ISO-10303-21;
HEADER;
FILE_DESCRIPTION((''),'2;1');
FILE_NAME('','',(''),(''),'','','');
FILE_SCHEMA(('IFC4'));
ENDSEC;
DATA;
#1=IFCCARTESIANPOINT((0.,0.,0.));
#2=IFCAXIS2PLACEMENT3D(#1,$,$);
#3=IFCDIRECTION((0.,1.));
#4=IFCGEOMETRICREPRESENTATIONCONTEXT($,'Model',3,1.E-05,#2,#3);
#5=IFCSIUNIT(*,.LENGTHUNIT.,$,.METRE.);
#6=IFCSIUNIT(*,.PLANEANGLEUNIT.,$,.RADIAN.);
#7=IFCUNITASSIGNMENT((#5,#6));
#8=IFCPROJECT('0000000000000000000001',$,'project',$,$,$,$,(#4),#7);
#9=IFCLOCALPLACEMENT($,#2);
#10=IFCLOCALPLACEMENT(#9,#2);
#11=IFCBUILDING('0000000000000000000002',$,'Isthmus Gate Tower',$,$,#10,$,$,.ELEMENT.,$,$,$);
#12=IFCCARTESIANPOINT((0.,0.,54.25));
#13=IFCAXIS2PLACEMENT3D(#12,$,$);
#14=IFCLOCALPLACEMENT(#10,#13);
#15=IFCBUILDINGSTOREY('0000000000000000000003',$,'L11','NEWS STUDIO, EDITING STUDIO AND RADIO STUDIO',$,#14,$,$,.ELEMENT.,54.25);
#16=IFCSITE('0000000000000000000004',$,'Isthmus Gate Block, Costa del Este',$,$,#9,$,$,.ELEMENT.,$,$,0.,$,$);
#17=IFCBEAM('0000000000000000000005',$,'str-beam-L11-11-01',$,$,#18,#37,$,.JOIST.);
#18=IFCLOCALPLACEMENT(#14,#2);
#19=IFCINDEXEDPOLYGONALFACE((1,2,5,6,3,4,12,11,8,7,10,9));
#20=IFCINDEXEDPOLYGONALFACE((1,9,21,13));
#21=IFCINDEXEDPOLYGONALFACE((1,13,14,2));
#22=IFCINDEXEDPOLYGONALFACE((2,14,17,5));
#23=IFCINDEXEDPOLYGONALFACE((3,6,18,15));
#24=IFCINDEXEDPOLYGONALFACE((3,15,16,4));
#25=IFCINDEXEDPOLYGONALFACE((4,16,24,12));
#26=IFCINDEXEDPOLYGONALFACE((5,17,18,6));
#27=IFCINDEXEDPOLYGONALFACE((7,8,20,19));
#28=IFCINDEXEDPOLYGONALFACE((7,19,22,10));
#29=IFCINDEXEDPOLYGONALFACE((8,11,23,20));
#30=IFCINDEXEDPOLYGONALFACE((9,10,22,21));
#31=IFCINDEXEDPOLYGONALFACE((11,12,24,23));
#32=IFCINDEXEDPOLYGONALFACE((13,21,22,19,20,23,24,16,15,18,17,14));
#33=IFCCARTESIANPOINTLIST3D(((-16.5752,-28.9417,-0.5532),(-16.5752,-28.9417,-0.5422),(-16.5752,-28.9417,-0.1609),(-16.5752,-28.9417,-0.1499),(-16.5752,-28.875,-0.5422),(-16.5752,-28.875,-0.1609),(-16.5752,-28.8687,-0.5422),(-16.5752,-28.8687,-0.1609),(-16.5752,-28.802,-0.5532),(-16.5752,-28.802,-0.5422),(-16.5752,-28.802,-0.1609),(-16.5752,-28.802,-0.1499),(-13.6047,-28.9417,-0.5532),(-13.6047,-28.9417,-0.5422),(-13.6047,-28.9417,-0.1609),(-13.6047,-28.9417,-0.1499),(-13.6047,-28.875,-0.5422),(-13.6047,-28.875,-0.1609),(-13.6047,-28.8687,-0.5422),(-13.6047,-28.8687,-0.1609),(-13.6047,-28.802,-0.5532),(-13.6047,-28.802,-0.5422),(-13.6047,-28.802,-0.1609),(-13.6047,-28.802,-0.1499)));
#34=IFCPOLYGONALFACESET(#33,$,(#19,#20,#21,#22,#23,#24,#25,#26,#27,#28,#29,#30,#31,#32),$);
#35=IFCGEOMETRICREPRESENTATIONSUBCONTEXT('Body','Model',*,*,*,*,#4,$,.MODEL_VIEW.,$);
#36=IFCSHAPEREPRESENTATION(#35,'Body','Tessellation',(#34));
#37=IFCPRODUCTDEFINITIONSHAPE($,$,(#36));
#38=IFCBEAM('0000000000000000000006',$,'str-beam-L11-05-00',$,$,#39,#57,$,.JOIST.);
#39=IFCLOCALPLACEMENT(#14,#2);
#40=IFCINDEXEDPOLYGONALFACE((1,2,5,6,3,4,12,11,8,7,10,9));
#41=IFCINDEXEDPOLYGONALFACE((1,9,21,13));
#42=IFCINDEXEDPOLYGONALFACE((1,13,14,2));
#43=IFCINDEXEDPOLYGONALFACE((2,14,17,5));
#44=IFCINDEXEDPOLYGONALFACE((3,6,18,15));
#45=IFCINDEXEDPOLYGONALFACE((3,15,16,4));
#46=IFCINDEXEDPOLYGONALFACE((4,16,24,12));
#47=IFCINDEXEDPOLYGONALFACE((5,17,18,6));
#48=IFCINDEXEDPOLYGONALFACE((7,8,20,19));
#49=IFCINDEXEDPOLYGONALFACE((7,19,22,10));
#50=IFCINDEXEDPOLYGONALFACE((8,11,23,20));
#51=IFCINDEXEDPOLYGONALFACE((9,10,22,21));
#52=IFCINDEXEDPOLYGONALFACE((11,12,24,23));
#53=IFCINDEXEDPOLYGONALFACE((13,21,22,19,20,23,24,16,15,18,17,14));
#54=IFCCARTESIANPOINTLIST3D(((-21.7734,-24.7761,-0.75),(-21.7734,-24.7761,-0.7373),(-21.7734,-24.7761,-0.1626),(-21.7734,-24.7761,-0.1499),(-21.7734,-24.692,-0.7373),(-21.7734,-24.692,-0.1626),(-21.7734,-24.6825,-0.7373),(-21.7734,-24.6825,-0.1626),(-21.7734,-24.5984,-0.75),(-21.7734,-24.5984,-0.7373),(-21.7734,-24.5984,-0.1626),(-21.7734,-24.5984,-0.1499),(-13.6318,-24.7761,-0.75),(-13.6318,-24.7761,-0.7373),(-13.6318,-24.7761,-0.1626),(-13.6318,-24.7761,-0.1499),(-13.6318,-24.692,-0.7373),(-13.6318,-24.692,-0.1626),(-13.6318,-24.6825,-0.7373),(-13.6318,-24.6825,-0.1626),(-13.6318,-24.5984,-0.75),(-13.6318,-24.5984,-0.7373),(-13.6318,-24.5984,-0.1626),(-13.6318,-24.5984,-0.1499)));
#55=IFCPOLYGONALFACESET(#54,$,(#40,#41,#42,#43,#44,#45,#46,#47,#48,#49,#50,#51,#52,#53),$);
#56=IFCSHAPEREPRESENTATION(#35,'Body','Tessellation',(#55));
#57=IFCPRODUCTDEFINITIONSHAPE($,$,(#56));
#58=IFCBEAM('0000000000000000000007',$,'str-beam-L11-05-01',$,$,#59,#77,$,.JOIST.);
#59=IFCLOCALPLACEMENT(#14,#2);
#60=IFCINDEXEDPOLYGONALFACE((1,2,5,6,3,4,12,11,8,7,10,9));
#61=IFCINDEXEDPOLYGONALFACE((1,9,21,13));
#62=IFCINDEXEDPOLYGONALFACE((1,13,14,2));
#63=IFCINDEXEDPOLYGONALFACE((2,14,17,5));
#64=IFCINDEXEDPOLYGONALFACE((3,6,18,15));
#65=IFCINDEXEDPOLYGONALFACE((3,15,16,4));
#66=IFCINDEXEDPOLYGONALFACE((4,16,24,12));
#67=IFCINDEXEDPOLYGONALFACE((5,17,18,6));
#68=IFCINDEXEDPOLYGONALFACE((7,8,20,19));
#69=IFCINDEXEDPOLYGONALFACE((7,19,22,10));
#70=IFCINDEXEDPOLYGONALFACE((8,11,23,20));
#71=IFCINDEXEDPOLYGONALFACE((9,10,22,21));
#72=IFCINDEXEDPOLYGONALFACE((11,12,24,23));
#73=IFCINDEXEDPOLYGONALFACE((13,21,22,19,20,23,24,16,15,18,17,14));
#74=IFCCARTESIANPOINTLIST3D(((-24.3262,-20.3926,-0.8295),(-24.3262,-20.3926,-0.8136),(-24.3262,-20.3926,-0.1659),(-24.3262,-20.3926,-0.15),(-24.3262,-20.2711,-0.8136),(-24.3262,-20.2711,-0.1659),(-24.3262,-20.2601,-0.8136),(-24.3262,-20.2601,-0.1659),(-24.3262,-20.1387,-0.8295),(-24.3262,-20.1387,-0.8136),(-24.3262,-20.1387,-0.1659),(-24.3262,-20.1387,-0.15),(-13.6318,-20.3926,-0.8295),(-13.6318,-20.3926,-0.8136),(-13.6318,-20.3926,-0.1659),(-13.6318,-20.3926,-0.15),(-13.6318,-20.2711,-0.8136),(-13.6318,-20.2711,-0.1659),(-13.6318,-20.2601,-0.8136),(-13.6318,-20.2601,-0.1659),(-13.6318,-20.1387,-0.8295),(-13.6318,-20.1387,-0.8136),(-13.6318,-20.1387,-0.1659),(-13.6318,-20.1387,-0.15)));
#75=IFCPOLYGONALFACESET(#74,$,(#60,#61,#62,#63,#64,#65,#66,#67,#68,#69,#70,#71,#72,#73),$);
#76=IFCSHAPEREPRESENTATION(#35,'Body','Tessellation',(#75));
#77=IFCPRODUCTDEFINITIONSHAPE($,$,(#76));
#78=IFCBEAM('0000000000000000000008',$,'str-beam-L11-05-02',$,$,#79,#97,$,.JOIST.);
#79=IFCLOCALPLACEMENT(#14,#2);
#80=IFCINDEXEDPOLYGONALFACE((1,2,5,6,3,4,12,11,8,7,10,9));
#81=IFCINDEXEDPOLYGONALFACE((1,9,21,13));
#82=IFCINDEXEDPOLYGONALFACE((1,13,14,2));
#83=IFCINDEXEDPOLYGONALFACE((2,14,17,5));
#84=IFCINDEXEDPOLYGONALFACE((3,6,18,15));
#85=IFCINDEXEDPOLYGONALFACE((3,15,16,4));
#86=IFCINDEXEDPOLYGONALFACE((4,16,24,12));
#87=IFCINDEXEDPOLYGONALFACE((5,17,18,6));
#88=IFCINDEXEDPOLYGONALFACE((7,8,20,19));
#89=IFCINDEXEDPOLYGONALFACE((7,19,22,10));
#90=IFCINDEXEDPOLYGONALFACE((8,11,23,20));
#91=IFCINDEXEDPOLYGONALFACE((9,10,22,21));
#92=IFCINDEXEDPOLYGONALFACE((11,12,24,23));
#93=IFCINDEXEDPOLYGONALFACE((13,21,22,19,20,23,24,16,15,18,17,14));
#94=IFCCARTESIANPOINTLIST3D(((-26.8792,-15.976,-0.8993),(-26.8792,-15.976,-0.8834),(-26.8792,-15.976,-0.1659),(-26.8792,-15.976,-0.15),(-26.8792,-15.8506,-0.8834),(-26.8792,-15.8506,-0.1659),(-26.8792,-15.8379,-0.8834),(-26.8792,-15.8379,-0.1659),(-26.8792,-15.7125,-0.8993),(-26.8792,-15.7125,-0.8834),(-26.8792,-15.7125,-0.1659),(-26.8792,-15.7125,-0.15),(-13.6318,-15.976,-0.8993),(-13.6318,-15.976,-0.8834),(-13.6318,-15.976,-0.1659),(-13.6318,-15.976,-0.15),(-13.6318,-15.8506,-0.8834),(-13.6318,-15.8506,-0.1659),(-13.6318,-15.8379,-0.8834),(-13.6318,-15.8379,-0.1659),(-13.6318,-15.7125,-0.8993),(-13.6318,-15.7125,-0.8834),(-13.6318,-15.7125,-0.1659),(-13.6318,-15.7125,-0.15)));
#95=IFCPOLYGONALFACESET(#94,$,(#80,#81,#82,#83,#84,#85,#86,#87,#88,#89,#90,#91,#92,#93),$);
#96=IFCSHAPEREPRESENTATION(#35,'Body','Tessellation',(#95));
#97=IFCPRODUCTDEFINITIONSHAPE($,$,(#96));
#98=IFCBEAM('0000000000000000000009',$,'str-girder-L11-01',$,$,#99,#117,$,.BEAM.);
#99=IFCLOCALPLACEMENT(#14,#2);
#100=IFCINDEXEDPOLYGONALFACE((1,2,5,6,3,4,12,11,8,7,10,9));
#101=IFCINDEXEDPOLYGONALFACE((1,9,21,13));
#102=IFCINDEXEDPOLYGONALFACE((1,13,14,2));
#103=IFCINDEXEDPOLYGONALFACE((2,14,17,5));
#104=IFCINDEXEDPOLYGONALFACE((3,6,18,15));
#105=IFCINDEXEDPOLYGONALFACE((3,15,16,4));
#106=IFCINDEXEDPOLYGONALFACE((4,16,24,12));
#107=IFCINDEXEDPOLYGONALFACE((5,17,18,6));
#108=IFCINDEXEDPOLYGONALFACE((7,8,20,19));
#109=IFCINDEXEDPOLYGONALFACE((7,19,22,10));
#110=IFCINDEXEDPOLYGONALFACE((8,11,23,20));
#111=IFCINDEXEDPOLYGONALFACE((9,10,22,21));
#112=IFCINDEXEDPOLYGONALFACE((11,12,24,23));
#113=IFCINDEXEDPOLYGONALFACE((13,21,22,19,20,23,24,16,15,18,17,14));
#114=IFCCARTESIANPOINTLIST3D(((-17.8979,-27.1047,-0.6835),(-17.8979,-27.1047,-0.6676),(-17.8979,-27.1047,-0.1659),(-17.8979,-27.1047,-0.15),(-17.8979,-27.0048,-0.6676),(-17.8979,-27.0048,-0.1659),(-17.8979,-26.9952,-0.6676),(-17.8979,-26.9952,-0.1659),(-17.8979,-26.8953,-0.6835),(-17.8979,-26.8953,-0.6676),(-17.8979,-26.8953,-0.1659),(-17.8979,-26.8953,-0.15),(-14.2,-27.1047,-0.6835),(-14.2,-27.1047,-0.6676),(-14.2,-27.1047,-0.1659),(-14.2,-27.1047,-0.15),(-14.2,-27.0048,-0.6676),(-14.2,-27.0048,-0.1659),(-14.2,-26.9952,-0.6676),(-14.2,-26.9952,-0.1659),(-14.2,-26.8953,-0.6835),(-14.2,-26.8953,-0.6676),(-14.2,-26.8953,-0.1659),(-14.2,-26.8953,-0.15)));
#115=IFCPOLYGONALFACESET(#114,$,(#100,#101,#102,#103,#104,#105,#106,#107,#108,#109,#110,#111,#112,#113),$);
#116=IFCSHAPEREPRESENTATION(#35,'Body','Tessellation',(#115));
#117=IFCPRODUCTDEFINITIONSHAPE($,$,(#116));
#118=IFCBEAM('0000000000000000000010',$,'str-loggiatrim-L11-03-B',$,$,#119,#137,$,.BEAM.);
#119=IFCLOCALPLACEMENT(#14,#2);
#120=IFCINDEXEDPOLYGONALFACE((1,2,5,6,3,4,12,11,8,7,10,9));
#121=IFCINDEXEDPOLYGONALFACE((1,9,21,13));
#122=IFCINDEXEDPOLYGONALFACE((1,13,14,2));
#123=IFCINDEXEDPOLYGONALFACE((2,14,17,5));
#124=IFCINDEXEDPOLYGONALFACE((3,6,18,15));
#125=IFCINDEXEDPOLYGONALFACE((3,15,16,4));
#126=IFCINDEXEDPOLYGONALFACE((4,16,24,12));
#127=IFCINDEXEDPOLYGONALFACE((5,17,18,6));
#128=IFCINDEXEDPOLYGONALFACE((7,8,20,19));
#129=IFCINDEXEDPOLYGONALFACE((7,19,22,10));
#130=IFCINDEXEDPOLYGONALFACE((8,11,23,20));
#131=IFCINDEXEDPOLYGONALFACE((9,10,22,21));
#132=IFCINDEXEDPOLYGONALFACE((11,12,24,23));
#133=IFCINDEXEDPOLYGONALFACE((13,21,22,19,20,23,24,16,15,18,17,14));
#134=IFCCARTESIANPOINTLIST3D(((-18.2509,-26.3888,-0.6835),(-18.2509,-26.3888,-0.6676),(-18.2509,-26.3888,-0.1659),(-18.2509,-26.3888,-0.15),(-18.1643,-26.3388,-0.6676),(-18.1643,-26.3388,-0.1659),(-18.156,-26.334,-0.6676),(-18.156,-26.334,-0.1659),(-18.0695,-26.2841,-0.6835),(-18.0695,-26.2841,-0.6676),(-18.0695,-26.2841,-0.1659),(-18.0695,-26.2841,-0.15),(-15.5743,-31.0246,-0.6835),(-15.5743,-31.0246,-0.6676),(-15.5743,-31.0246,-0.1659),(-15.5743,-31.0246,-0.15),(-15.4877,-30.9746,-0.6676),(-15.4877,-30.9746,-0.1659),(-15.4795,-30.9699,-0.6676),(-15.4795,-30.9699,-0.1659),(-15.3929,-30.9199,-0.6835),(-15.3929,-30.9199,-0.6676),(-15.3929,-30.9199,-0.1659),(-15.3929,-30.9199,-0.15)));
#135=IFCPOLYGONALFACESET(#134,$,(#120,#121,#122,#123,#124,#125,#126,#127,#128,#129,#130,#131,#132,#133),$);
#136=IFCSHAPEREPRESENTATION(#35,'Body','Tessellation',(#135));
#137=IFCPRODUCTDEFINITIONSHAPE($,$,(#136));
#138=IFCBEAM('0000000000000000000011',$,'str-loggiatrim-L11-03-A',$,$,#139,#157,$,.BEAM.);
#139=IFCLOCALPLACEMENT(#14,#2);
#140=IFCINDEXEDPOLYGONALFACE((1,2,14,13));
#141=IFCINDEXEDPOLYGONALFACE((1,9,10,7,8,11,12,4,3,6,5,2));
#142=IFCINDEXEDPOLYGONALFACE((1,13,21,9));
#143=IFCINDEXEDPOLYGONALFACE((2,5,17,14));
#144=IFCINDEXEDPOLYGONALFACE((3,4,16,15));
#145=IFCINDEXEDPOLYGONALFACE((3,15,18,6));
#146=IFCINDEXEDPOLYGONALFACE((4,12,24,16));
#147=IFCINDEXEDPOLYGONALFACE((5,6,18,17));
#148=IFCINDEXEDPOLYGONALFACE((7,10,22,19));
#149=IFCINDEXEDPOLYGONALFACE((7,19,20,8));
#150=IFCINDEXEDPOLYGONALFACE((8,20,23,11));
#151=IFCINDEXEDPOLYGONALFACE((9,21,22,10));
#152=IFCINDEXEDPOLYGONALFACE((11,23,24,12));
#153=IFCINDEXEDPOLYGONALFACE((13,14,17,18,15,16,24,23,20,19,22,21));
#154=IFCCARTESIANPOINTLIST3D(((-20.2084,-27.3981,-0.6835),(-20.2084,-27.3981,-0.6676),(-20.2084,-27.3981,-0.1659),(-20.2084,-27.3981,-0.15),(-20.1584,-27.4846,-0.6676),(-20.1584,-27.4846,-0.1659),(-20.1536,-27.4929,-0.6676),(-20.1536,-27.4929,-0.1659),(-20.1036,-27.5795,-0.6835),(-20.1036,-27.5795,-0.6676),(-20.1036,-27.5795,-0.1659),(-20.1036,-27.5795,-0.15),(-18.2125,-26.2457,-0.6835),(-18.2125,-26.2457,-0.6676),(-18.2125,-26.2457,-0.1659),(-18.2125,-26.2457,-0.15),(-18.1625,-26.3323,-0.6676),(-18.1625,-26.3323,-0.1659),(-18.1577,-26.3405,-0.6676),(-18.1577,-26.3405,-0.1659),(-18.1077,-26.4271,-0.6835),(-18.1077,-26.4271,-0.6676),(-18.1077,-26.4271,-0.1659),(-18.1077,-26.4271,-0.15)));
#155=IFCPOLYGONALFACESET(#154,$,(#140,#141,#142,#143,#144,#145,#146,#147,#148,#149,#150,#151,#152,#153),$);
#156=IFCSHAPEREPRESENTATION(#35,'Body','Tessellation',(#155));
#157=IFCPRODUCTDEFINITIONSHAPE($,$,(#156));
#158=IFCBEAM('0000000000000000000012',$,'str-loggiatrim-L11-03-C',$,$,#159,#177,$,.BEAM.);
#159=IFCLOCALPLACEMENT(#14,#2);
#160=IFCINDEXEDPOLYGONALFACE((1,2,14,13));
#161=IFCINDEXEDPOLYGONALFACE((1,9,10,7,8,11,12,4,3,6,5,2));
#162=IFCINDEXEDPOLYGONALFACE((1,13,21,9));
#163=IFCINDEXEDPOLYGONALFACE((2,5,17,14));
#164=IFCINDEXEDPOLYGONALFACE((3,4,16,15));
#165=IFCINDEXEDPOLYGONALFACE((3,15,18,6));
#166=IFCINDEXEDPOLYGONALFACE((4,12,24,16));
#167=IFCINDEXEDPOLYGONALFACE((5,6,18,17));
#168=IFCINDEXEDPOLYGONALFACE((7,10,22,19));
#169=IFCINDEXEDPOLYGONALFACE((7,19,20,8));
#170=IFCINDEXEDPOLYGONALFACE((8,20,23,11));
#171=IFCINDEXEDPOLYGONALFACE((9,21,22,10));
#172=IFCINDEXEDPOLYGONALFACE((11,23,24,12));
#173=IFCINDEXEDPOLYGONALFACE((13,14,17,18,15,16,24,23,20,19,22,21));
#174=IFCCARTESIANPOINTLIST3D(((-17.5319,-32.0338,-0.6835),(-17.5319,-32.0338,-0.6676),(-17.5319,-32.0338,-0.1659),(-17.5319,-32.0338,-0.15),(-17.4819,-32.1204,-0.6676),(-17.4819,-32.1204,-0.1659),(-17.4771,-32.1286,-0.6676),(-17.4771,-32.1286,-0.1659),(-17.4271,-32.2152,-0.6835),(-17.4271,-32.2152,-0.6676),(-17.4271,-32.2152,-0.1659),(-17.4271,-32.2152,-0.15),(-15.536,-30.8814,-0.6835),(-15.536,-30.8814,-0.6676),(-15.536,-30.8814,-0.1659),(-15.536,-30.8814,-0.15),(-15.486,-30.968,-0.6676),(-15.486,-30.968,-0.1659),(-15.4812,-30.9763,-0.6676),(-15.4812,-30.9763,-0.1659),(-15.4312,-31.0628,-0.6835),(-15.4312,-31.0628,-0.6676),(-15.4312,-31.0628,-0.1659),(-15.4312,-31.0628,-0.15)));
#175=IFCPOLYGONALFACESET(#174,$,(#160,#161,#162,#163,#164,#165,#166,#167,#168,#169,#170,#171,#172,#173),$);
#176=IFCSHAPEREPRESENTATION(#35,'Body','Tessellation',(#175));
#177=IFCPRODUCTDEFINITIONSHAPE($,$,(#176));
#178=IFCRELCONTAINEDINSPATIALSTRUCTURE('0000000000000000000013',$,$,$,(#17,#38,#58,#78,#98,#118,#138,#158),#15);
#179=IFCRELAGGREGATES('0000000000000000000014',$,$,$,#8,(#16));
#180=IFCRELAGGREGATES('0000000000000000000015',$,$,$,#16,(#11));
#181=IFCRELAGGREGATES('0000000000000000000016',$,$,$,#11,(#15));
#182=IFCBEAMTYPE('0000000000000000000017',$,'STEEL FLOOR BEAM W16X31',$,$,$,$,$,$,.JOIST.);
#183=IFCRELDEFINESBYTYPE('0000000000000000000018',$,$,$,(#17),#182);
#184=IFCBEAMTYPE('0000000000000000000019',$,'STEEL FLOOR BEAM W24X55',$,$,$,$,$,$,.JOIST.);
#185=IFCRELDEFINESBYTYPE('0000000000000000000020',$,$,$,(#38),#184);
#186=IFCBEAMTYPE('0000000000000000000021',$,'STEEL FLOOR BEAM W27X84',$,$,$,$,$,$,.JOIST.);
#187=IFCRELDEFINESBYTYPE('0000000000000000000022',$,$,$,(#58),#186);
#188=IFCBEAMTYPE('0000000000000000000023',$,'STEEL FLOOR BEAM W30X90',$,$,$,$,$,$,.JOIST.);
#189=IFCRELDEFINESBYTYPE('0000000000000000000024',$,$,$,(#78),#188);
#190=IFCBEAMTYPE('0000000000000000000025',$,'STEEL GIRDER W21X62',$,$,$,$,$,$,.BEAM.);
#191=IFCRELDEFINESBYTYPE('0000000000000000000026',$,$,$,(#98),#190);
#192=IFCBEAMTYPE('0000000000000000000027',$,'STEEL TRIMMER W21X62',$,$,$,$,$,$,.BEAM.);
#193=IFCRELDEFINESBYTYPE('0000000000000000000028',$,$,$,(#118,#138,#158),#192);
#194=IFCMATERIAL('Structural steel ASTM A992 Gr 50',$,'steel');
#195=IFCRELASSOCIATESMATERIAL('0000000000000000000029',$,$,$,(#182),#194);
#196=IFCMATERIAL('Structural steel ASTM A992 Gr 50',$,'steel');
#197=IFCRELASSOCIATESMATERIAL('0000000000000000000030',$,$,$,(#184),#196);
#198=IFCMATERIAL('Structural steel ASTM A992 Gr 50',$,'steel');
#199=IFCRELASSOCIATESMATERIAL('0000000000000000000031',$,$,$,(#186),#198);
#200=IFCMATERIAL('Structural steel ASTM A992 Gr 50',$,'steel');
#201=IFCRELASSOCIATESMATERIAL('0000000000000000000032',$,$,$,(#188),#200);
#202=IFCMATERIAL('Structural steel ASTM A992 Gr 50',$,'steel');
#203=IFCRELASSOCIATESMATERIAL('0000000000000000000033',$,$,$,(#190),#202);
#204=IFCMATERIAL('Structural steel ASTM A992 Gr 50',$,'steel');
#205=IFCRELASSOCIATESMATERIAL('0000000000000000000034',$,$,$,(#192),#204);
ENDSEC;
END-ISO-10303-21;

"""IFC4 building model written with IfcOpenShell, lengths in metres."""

from ifc_helpers import new_model, si_unit, direction, frame, origin, origin_2d, place, context, subcontext, project, spatial, i_section, extrude, material, material_profile, profile_set, type_object, element, save


model = new_model("IFC4")

# Units and contexts
model_context = context("Model", 3, precision=1e-05, world=origin(), true_north=direction((0.0, 1.0)))
body_context = subcontext(model_context, "Body", "Model", "MODEL_VIEW")
ifc_project = project(units=[si_unit("LENGTHUNIT", "METRE"), si_unit("PLANEANGLEUNIT", "RADIAN")], contexts=[model_context])

# Site, building, storey
site_placement = place(None, origin())
site = spatial("IfcSite", under=ifc_project, at=site_placement, Name="Isthmus Gate Block, Costa del Este", CompositionType="ELEMENT", RefElevation=0.0)
building_placement = place(site_placement, origin())
building = spatial("IfcBuilding", under=site, at=building_placement, Name="Isthmus Gate Tower", CompositionType="ELEMENT")
storey_placement = place(building_placement, frame((0.0, 0.0, 54.25)))
storey = spatial("IfcBuildingStorey", under=building, at=storey_placement, Name="L11", Description="NEWS STUDIO, EDITING STUDIO AND RADIO STUDIO", CompositionType="ELEMENT", Elevation=54.25)

# Beams
ifc_material_1 = material(Name="Structural steel ASTM A992 Gr 50", Category="steel")
ifc_material_profile_1 = material_profile(ifc_material_1, i_section(OverallWidth=0.1396, OverallDepth=0.4033, WebThickness=0.0063, FlangeThickness=0.011, at=origin_2d()), Name="W16X31")
ifc_profile_set_1 = profile_set([ifc_material_profile_1], Name="Structural steel ASTM A992 Gr 50")
beam_type_1 = type_object("IfcBeamType", Name="STEEL FLOOR BEAM W16X31", PredefinedType="JOIST", material=ifc_profile_set_1)
beam_1_placement = place(storey_placement, frame((-16.5752, -28.8718, -0.3516), z_axis=(1.0, 0.0, 0.0), x_axis=(0.0, 1.0, 0.0)))
element("IfcBeam", 1, at=beam_1_placement, inside=storey, type_object=beam_type_1, Name="str-beam-L11-11-01", PredefinedType="JOIST", context=body_context, shape_type="SweptSolid", body=[
    extrude(i_section(OverallWidth=0.1396, OverallDepth=0.4033, WebThickness=0.0063, FlangeThickness=0.011, at=origin_2d()), origin(), (0.0, 0.0, 1.0), 2.9705),
])
ifc_material_2 = material(Name="Structural steel ASTM A992 Gr 50", Category="steel")
ifc_material_profile_2 = material_profile(ifc_material_2, i_section(OverallWidth=0.1777, OverallDepth=0.6001, WebThickness=0.0095, FlangeThickness=0.0127, at=origin_2d()), Name="W24X55")
ifc_profile_set_2 = profile_set([ifc_material_profile_2], Name="Structural steel ASTM A992 Gr 50")
beam_type_2 = type_object("IfcBeamType", Name="STEEL FLOOR BEAM W24X55", PredefinedType="JOIST", material=ifc_profile_set_2)
beam_2_placement = place(storey_placement, frame((-21.7734, -24.6873, -0.45), z_axis=(1.0, 0.0, 0.0), x_axis=(0.0, 1.0, 0.0)))
element("IfcBeam", 2, at=beam_2_placement, inside=storey, type_object=beam_type_2, Name="str-beam-L11-05-00", PredefinedType="JOIST", context=body_context, shape_type="SweptSolid", body=[
    extrude(i_section(OverallWidth=0.1777, OverallDepth=0.6001, WebThickness=0.0095, FlangeThickness=0.0127, at=origin_2d()), origin(), (0.0, 0.0, 1.0), 8.1416),
])
ifc_material_3 = material(Name="Structural steel ASTM A992 Gr 50", Category="steel")
ifc_material_profile_3 = material_profile(ifc_material_3, i_section(OverallWidth=0.2539, OverallDepth=0.6794, WebThickness=0.011, FlangeThickness=0.0159, at=origin_2d()), Name="W27X84")
ifc_profile_set_3 = profile_set([ifc_material_profile_3], Name="Structural steel ASTM A992 Gr 50")
beam_type_3 = type_object("IfcBeamType", Name="STEEL FLOOR BEAM W27X84", PredefinedType="JOIST", material=ifc_profile_set_3)
beam_3_placement = place(storey_placement, frame((-24.3262, -20.2656, -0.4897), z_axis=(1.0, 0.0, 0.0), x_axis=(0.0, 1.0, 0.0)))
element("IfcBeam", 3, at=beam_3_placement, inside=storey, type_object=beam_type_3, Name="str-beam-L11-05-01", PredefinedType="JOIST", context=body_context, shape_type="SweptSolid", body=[
    extrude(i_section(OverallWidth=0.2539, OverallDepth=0.6794, WebThickness=0.011, FlangeThickness=0.0159, at=origin_2d()), origin(), (0.0, 0.0, 1.0), 10.6943),
])
ifc_material_4 = material(Name="Structural steel ASTM A992 Gr 50", Category="steel")
ifc_material_profile_4 = material_profile(ifc_material_4, i_section(OverallWidth=0.2634, OverallDepth=0.7493, WebThickness=0.0127, FlangeThickness=0.0159, at=origin_2d()), Name="W30X90")
ifc_profile_set_4 = profile_set([ifc_material_profile_4], Name="Structural steel ASTM A992 Gr 50")
beam_type_4 = type_object("IfcBeamType", Name="STEEL FLOOR BEAM W30X90", PredefinedType="JOIST", material=ifc_profile_set_4)
beam_4_placement = place(storey_placement, frame((-26.8792, -15.8442, -0.5247), z_axis=(1.0, 0.0, 0.0), x_axis=(0.0, 1.0, 0.0)))
element("IfcBeam", 4, at=beam_4_placement, inside=storey, type_object=beam_type_4, Name="str-beam-L11-05-02", PredefinedType="JOIST", context=body_context, shape_type="SweptSolid", body=[
    extrude(i_section(OverallWidth=0.2634, OverallDepth=0.7493, WebThickness=0.0127, FlangeThickness=0.0159, at=origin_2d()), origin(), (0.0, 0.0, 1.0), 13.2473),
])
ifc_material_5 = material(Name="Structural steel ASTM A992 Gr 50", Category="steel")
ifc_material_profile_5 = material_profile(ifc_material_5, i_section(OverallWidth=0.2095, OverallDepth=0.5334, WebThickness=0.0095, FlangeThickness=0.0159, at=origin_2d()), Name="W21X62")
ifc_profile_set_5 = profile_set([ifc_material_profile_5], Name="Structural steel ASTM A992 Gr 50")
beam_type_5 = type_object("IfcBeamType", Name="STEEL GIRDER W21X62", PredefinedType="BEAM", material=ifc_profile_set_5)
beam_5_placement = place(storey_placement, frame((-17.8979, -27.0, -0.4167), z_axis=(1.0, 0.0, 0.0), x_axis=(0.0, 1.0, 0.0)))
element("IfcBeam", 5, at=beam_5_placement, inside=storey, type_object=beam_type_5, Name="str-girder-L11-01", PredefinedType="BEAM", context=body_context, shape_type="SweptSolid", body=[
    extrude(i_section(OverallWidth=0.2095, OverallDepth=0.5334, WebThickness=0.0095, FlangeThickness=0.0159, at=origin_2d()), origin(), (0.0, 0.0, 1.0), 3.698),
])
ifc_material_6 = material(Name="Structural steel ASTM A992 Gr 50", Category="steel")
ifc_material_profile_6 = material_profile(ifc_material_6, i_section(OverallWidth=0.2095, OverallDepth=0.5334, WebThickness=0.0095, FlangeThickness=0.0159, at=origin_2d()), Name="W21X62")
ifc_profile_set_6 = profile_set([ifc_material_profile_6], Name="Structural steel ASTM A992 Gr 50")
beam_type_6 = type_object("IfcBeamType", Name="STEEL TRIMMER W21X62", PredefinedType="BEAM", material=ifc_profile_set_6)
beam_6_placement = place(storey_placement, frame((-18.1602, -26.3364, -0.4167), z_axis=(0.500009, -0.86602, 0.0), x_axis=(0.86602, 0.500009, 0.0)))
element("IfcBeam", 6, at=beam_6_placement, inside=storey, type_object=beam_type_6, Name="str-loggiatrim-L11-03-B", PredefinedType="BEAM", context=body_context, shape_type="SweptSolid", body=[
    extrude(i_section(OverallWidth=0.2095, OverallDepth=0.5334, WebThickness=0.0095, FlangeThickness=0.0159, at=origin_2d()), origin(), (0.0, 0.0, 1.0), 5.353),
])
for number, where, z_axis, x_axis, name in (
    (7, (-20.156, -27.4888, -0.4167), (0.866018, 0.500013, 0.0), (-0.500013, 0.866018, 0.0), "str-loggiatrim-L11-03-A"),
    (8, (-17.4795, -32.1245, -0.4167), (0.866018, 0.500013, 0.0), (-0.500013, 0.866018, 0.0), "str-loggiatrim-L11-03-C"),
):
    element("IfcBeam", number, at=place(storey_placement, frame(where, z_axis=z_axis, x_axis=x_axis)), inside=storey, type_object=beam_type_6, Name=name, PredefinedType="BEAM", context=body_context, shape_type="SweptSolid", body=[
        extrude(i_section(OverallWidth=0.2095, OverallDepth=0.5334, WebThickness=0.0095, FlangeThickness=0.0159, at=origin_2d()), origin(), (0.0, 0.0, 1.0), 2.3047),
    ])

save(model, "model.ifc")
